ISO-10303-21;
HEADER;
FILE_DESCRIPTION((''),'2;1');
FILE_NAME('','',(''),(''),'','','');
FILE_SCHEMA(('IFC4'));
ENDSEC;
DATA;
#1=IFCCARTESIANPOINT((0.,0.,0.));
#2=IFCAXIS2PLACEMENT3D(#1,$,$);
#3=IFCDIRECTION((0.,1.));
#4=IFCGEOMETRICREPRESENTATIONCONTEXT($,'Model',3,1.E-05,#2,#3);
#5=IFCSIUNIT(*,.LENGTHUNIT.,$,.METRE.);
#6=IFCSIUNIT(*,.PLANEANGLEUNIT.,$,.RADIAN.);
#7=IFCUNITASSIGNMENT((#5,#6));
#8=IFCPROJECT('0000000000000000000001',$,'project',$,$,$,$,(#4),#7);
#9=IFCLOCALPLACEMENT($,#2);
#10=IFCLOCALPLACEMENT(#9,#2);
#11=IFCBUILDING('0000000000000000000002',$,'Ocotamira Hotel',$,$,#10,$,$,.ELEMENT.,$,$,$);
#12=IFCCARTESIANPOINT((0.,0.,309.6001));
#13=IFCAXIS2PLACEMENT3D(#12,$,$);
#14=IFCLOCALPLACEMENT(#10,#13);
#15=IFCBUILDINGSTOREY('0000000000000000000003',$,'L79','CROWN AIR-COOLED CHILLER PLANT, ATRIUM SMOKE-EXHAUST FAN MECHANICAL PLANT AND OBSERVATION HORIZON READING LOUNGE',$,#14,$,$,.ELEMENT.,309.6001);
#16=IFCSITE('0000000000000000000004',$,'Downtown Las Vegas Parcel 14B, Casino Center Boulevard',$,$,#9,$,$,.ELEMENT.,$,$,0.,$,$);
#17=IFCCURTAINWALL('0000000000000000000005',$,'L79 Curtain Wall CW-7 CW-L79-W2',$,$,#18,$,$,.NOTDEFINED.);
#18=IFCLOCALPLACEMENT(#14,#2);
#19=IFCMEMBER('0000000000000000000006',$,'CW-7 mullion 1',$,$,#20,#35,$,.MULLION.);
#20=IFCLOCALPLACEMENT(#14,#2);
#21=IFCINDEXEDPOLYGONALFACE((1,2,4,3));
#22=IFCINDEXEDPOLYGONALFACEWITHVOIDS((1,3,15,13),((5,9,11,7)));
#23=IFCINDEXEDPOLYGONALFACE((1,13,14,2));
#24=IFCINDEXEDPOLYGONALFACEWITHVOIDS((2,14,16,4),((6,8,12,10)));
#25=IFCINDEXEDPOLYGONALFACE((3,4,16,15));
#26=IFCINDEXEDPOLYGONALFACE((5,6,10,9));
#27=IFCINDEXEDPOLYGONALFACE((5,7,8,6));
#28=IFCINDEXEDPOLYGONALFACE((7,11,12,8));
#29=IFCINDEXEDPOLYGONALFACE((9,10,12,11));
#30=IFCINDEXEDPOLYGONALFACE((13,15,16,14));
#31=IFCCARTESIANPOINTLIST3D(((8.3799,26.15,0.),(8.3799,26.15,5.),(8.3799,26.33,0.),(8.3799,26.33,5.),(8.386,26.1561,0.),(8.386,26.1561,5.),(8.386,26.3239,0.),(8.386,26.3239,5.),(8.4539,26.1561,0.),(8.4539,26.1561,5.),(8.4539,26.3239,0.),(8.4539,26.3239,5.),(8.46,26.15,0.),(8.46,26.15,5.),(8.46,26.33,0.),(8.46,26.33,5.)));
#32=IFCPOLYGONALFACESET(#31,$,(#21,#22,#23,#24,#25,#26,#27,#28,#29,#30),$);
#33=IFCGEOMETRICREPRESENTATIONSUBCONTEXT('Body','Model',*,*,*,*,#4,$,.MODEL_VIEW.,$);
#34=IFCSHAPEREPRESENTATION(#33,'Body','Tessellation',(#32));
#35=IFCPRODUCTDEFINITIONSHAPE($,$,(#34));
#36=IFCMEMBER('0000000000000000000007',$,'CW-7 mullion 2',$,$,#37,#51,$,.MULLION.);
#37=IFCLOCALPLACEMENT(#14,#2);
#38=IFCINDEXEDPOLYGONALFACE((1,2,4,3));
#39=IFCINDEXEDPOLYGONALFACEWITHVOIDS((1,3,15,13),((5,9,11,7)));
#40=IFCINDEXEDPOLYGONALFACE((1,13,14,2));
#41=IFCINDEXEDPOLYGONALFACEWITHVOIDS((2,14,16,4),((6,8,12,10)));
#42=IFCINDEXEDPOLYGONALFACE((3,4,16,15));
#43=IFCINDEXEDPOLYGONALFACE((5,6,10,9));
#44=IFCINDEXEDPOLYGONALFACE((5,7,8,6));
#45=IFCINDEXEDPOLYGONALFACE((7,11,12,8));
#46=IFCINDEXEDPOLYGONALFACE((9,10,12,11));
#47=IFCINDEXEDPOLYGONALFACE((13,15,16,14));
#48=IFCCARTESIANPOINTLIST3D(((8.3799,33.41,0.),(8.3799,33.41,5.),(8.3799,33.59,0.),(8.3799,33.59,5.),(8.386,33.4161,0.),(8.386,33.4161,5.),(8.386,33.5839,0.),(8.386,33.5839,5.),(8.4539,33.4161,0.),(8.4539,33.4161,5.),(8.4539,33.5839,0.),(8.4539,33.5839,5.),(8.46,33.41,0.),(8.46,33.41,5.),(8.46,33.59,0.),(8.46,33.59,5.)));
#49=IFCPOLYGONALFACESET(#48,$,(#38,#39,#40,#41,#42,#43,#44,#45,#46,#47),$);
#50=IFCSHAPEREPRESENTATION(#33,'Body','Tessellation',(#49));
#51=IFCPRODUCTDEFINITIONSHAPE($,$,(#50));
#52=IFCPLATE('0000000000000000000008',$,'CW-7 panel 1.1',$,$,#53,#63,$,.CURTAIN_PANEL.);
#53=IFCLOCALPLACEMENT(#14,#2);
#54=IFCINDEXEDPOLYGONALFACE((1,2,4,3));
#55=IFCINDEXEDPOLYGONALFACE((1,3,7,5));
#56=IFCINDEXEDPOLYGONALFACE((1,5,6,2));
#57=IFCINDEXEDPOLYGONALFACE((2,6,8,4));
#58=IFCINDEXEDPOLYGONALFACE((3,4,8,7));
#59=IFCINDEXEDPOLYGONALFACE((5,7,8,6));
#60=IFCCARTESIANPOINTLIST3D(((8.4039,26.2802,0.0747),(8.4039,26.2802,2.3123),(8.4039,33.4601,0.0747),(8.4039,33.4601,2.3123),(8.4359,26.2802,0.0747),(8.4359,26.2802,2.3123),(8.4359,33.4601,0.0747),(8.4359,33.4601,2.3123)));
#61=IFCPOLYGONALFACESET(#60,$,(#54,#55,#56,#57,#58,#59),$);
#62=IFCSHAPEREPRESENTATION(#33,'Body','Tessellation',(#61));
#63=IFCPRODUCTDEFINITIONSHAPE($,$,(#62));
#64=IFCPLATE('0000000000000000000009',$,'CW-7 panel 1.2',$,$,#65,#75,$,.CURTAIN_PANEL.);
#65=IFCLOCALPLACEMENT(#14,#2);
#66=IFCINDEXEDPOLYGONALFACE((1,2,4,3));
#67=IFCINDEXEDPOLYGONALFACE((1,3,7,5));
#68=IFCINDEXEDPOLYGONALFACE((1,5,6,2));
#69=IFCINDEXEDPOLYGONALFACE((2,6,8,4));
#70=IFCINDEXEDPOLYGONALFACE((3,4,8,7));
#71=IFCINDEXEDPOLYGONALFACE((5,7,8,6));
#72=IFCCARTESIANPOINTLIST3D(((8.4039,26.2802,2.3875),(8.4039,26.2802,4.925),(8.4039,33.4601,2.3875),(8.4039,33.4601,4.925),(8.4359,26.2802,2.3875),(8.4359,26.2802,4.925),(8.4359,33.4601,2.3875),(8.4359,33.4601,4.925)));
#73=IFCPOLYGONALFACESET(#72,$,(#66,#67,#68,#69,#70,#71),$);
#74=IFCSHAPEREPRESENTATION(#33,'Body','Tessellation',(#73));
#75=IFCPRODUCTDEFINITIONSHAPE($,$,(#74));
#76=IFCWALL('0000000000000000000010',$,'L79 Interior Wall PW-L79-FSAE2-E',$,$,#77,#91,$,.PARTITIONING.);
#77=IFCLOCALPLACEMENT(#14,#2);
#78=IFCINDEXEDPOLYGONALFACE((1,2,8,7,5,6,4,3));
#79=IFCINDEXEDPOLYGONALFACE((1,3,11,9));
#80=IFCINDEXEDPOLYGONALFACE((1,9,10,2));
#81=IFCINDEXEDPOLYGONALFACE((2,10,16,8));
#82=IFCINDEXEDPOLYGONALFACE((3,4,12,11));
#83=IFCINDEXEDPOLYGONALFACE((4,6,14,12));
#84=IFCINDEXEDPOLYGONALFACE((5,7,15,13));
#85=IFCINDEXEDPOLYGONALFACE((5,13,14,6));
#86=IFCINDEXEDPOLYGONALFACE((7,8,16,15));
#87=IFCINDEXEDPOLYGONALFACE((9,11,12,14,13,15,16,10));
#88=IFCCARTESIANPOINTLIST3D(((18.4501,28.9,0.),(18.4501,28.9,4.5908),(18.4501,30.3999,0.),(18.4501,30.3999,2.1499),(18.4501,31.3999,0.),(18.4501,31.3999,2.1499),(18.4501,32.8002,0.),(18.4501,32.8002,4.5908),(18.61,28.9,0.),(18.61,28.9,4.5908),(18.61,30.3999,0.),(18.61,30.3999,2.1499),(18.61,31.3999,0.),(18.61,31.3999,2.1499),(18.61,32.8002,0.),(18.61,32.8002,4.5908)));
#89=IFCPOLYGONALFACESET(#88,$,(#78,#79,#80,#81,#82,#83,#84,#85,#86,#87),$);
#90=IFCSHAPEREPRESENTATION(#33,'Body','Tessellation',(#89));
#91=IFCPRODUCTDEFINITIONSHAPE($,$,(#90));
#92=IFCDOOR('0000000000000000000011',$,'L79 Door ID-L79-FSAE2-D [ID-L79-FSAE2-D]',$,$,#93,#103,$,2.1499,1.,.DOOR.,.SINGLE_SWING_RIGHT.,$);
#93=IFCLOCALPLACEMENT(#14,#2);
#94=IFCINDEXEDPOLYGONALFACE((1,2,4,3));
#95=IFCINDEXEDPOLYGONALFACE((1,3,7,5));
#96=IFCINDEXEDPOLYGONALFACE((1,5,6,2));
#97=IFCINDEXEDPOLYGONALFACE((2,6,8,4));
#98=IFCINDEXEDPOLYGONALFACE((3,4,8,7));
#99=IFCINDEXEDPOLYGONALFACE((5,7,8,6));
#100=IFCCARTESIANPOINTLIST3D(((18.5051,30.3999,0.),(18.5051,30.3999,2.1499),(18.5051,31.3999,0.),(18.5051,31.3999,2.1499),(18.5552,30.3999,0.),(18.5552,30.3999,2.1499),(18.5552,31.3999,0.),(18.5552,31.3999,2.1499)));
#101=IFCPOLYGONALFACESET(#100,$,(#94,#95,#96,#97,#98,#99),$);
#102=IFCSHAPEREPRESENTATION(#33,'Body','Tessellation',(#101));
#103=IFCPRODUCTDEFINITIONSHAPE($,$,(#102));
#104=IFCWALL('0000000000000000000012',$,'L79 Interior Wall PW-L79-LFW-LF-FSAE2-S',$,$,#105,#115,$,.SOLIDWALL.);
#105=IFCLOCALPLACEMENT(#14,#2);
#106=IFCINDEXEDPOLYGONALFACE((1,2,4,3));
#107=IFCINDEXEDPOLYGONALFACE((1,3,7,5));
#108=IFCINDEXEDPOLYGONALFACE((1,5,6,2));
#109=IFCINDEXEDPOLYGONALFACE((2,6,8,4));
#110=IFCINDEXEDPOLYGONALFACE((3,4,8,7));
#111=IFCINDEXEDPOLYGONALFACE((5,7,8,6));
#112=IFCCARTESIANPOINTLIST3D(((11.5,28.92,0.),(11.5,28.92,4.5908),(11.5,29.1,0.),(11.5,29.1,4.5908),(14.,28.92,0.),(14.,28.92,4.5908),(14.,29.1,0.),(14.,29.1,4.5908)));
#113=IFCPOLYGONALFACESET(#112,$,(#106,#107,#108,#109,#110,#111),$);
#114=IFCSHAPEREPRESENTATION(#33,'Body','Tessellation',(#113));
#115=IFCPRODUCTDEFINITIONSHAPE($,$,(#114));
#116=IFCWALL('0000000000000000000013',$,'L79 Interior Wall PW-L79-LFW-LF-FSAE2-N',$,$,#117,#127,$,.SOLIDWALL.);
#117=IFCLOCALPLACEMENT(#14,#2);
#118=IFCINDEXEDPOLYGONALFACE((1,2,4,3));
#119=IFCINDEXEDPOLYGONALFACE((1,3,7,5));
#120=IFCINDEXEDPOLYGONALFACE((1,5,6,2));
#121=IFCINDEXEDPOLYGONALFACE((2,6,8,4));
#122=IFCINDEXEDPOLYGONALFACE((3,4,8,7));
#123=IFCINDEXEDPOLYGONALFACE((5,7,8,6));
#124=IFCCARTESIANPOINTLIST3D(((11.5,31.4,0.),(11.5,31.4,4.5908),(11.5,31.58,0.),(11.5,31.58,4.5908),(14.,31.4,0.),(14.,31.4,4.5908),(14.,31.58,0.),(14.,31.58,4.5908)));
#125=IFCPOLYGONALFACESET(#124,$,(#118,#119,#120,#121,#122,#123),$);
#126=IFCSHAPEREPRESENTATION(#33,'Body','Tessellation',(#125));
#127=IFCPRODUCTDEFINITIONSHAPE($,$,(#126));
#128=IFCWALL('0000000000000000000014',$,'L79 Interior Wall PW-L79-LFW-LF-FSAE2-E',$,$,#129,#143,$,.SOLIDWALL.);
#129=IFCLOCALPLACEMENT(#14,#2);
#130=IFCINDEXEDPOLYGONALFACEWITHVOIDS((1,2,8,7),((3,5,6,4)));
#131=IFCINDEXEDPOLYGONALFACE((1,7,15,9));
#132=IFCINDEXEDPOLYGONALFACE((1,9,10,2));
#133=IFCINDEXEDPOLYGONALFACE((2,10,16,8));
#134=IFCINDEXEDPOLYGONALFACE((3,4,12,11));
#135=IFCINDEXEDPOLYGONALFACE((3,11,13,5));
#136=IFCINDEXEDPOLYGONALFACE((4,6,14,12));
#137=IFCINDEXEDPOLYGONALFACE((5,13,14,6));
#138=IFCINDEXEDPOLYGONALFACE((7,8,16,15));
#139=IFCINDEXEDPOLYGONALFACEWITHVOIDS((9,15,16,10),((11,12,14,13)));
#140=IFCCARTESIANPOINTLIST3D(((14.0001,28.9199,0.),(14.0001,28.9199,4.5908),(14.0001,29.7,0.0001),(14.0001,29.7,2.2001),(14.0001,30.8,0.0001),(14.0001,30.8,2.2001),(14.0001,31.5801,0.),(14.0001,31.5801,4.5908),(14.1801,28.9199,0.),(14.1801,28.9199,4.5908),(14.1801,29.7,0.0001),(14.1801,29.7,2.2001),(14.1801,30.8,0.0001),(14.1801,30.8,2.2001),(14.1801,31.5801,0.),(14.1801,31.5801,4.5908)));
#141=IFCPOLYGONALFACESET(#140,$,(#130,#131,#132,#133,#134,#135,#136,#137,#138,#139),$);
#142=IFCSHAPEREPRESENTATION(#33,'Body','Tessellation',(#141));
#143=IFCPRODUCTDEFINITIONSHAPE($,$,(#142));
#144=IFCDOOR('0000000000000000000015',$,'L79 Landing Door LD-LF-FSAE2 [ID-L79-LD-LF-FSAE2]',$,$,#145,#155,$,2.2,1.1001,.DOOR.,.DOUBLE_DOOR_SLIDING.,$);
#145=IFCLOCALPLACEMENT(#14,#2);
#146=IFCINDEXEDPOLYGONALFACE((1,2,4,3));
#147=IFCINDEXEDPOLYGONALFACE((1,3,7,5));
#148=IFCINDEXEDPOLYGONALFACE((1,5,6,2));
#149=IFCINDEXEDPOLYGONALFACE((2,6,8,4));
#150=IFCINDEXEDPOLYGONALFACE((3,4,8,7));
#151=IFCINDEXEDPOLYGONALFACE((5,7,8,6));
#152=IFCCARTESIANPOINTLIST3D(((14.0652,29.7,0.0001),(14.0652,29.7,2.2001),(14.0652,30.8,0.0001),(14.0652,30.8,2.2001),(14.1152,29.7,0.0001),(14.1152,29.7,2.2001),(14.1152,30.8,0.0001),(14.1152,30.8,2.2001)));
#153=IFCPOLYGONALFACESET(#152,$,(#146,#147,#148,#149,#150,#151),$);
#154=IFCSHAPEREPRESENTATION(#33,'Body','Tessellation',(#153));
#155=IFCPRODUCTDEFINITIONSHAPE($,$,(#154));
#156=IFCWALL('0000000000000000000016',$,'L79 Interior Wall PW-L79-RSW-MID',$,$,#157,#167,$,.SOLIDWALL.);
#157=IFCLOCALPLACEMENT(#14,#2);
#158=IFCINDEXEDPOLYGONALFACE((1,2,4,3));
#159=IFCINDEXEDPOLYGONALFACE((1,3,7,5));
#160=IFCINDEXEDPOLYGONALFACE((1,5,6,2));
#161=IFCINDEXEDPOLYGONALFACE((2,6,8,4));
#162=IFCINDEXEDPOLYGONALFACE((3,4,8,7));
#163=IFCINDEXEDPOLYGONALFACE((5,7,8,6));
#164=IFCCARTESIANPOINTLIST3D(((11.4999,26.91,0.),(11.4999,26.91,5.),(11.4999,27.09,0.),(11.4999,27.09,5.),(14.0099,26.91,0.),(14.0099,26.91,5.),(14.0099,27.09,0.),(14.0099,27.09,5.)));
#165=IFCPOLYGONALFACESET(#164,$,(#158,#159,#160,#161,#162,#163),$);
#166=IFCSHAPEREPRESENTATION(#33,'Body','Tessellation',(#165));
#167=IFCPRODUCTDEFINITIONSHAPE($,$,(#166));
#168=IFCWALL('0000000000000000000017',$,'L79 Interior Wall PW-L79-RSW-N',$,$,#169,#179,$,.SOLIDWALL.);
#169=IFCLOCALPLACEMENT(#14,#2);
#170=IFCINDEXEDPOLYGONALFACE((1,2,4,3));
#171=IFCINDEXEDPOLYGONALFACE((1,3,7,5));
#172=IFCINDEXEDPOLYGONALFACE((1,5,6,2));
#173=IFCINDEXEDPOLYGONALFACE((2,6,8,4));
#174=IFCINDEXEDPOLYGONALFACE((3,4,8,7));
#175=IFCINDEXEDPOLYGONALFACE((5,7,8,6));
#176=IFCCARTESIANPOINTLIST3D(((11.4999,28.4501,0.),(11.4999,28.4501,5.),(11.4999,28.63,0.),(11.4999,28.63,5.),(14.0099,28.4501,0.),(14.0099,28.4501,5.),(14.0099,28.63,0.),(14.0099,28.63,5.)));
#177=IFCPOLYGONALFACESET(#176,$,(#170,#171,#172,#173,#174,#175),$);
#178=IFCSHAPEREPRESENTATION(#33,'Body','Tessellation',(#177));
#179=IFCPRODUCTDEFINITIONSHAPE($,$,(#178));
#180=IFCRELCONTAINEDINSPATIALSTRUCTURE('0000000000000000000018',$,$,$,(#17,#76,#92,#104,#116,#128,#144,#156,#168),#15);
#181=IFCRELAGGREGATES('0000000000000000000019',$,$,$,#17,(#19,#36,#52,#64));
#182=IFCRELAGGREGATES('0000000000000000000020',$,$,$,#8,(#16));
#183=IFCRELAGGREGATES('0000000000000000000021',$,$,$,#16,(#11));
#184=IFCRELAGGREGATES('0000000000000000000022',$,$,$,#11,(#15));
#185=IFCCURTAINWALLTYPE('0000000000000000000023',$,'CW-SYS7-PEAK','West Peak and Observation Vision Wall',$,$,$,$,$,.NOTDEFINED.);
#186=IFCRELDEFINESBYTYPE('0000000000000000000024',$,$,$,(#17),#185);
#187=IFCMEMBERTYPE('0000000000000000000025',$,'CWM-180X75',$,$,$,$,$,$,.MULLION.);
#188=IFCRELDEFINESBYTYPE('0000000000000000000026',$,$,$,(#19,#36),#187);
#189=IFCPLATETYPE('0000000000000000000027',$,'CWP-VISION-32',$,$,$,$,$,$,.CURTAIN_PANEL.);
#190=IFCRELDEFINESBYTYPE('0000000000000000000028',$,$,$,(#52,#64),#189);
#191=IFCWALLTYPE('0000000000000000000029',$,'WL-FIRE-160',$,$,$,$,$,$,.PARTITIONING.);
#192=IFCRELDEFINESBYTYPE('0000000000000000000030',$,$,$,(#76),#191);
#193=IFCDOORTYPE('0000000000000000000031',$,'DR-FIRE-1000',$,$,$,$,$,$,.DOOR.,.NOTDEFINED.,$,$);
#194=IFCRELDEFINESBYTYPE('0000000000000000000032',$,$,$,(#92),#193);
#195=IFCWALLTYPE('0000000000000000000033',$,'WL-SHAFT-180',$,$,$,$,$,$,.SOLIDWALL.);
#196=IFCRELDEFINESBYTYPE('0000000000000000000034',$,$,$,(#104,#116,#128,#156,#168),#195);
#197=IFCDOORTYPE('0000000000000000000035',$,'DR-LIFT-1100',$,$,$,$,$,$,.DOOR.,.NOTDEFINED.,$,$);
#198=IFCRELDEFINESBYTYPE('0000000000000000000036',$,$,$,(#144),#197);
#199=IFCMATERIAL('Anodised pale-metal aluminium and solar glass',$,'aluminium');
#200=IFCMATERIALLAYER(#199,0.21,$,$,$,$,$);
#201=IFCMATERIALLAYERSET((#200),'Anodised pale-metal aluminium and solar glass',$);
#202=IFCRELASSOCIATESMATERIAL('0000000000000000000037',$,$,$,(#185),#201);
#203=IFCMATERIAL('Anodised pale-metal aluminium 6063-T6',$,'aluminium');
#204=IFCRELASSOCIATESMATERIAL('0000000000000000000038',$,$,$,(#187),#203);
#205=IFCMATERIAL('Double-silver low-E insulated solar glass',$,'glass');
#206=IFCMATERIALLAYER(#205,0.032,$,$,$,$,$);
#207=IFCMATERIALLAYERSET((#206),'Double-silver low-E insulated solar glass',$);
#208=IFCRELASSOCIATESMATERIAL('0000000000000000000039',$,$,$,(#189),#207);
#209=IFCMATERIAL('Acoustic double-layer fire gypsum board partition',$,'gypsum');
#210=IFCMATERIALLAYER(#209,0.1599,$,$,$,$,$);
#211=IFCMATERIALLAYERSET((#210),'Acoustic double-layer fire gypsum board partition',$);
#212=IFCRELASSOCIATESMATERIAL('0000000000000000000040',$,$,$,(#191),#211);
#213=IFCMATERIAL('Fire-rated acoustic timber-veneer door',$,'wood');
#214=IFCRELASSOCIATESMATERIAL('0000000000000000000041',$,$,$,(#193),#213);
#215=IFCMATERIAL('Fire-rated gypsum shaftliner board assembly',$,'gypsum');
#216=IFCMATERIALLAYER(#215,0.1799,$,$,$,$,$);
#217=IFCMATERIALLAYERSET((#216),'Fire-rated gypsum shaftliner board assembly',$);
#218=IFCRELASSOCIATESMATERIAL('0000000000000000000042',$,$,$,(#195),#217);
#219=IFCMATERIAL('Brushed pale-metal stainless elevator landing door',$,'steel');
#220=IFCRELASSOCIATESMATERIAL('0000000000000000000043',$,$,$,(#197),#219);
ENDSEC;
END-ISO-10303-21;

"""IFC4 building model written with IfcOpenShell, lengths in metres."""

from ifc_helpers import new_model, si_unit, direction, frame, frame_2d, origin, origin_2d, place, context, subcontext, project, spatial, rectangle, hollow_rectangle, extrude, source, transform, mapped, material, layer, layer_set, material_profile, profile_set, type_object, element, fill, aggregate, save


model = new_model("IFC4")

# Units and contexts
model_context = context("Model", 3, precision=1e-05, world=origin(), true_north=direction((0.0, 1.0)))
body_context = subcontext(model_context, "Body", "Model", "MODEL_VIEW")
ifc_project = project(units=[si_unit("LENGTHUNIT", "METRE"), si_unit("PLANEANGLEUNIT", "RADIAN")], contexts=[model_context])

# Site, building, storey
site_placement = place(None, origin())
site = spatial("IfcSite", under=ifc_project, at=site_placement, Name="Downtown Las Vegas Parcel 14B, Casino Center Boulevard", CompositionType="ELEMENT", RefElevation=0.0)
building_placement = place(site_placement, origin())
building = spatial("IfcBuilding", under=site, at=building_placement, Name="Ocotamira Hotel", CompositionType="ELEMENT")
storey_placement = place(building_placement, frame((0.0, 0.0, 309.6001)))
storey = spatial("IfcBuildingStorey", under=building, at=storey_placement, Name="L79", Description="CROWN AIR-COOLED CHILLER PLANT, ATRIUM SMOKE-EXHAUST FAN MECHANICAL PLANT AND OBSERVATION HORIZON READING LOUNGE", CompositionType="ELEMENT", Elevation=309.6001)

# Curtain wall, members, plates
ifc_material_1 = material(Name="Anodised pale-metal aluminium and solar glass", Category="aluminium")
ifc_layer_1 = layer(ifc_material_1, 0.21)
ifc_layer_set_1 = layer_set([ifc_layer_1], Name="Anodised pale-metal aluminium and solar glass")
curtain_wall_type = type_object("IfcCurtainWallType", Name="CW-SYS7-PEAK", Description="West Peak and Observation Vision Wall", PredefinedType="NOTDEFINED", material=ifc_layer_set_1)
curtain_wall_placement = place(storey_placement, origin())
curtain_wall = element("IfcCurtainWall", 1, at=curtain_wall_placement, inside=storey, type_object=curtain_wall_type, Name="L79 Curtain Wall CW-7 CW-L79-W2", PredefinedType="NOTDEFINED")
ifc_material_2 = material(Name="Anodised pale-metal aluminium 6063-T6", Category="aluminium")
ifc_material_profile_1 = material_profile(ifc_material_2, hollow_rectangle(XDim=0.0801, YDim=0.1799, WallThickness=0.0061, at=origin_2d()), Name="HSS180X80X6")
ifc_profile_set_1 = profile_set([ifc_material_profile_1], Name="Anodised pale-metal aluminium 6063-T6")
member_type_1 = type_object("IfcMemberType", Name="CWM-180X75", PredefinedType="MULLION", material=ifc_profile_set_1)
shared_shape_1 = source(origin(), body_context, "Body", "SweptSolid", [
    extrude(hollow_rectangle(XDim=0.0801, YDim=0.1799, WallThickness=0.0061, at=origin_2d()), origin(), (0.0, 0.0, 1.0), 5.0),
])
member_1_placement = place(storey_placement, frame((8.4199, 26.24, 0.0), z_axis=(0.0, 0.0, 1.0), x_axis=(-1.0, 0.0, 0.0)))
member_1 = element("IfcMember", 2, at=member_1_placement, type_object=member_type_1, Name="CW-7 mullion 1", PredefinedType="MULLION", context=body_context, shape_type="MappedRepresentation", body=[
    mapped(shared_shape_1, transform((0.0, 0.0, 0.0), scale=1.0)),
])
member_2_placement = place(storey_placement, frame((8.4199, 33.5, 0.0), z_axis=(0.0, 0.0, 1.0), x_axis=(-1.0, 0.0, 0.0)))
member_2 = element("IfcMember", 3, at=member_2_placement, type_object=member_type_1, Name="CW-7 mullion 2", PredefinedType="MULLION", context=body_context, shape_type="MappedRepresentation", body=[
    mapped(shared_shape_1, transform((0.0, 0.0, 0.0), scale=1.0)),
])
ifc_material_3 = material(Name="Double-silver low-E insulated solar glass", Category="glass")
ifc_layer_2 = layer(ifc_material_3, 0.032)
ifc_layer_set_2 = layer_set([ifc_layer_2], Name="Double-silver low-E insulated solar glass")
plate_type = type_object("IfcPlateType", Name="CWP-VISION-32", PredefinedType="CURTAIN_PANEL", material=ifc_layer_set_2)
shared_shape_2 = source(origin(), body_context, "Body", "SweptSolid", [
    extrude(rectangle(XDim=7.1799, YDim=0.032, at=origin_2d()), origin(), (0.0, 0.0, 1.0), 2.2375),
])
plate_1_placement = place(storey_placement, frame((8.4199, 29.8701, 0.0747), z_axis=(0.0, 0.0, 1.0), x_axis=(0.0, 1.0, 0.0)))
plate_1 = element("IfcPlate", 4, at=plate_1_placement, type_object=plate_type, Name="CW-7 panel 1.1", PredefinedType="CURTAIN_PANEL", context=body_context, shape_type="MappedRepresentation", body=[
    mapped(shared_shape_2, transform((0.0, 0.0, 0.0), scale=1.0)),
])
shared_shape_3 = source(origin(), body_context, "Body", "SweptSolid", [
    extrude(rectangle(XDim=7.1799, YDim=0.032, at=origin_2d()), origin(), (0.0, 0.0, 1.0), 2.5376),
])
plate_2_placement = place(storey_placement, frame((8.4199, 29.8701, 2.3875), z_axis=(0.0, 0.0, 1.0), x_axis=(0.0, 1.0, 0.0)))
plate_2 = element("IfcPlate", 5, at=plate_2_placement, type_object=plate_type, Name="CW-7 panel 1.2", PredefinedType="CURTAIN_PANEL", context=body_context, shape_type="MappedRepresentation", body=[
    mapped(shared_shape_3, transform((0.0, 0.0, 0.0), scale=1.0)),
])
aggregate(curtain_wall, [member_1, member_2, plate_1, plate_2])

# Wall, opening, door
ifc_material_4 = material(Name="Acoustic double-layer fire gypsum board partition", Category="gypsum")
ifc_layer_3 = layer(ifc_material_4, 0.1599)
ifc_layer_set_3 = layer_set([ifc_layer_3], Name="Acoustic double-layer fire gypsum board partition")
wall_type_1 = type_object("IfcWallType", Name="WL-FIRE-160", PredefinedType="PARTITIONING", material=ifc_layer_set_3)
wall_1_placement = place(storey_placement, frame((18.53, 28.8999, 0.0), z_axis=(0.0, 0.0, 1.0), x_axis=(0.0, 1.0, 0.0)))
wall_1 = element("IfcWall", 6, at=wall_1_placement, inside=storey, type_object=wall_type_1, Name="L79 Interior Wall PW-L79-FSAE2-E", PredefinedType="PARTITIONING", context=body_context, shape_type="SweptSolid", body=[
    extrude(rectangle(XDim=3.9001, YDim=0.1599, at=frame_2d((1.9502, 0.0))), origin(), (0.0, 0.0, 1.0), 4.5908),
])
opening_1_placement = place(wall_1_placement, frame((1.5, 0.0, 0.0)))
opening_1 = element("IfcOpeningElement", 7, at=opening_1_placement, cuts=wall_1, PredefinedType="OPENING", context=body_context, shape_type="SweptSolid", body=[
    extrude(rectangle(XDim=1.0, YDim=2.1499, at=frame_2d((0.5, 1.075))), frame((0.0, 0.0898, 0.0), z_axis=(0.0, -1.0, 0.0), x_axis=(1.0, 0.0, 0.0)), (0.0, 0.0, 1.0), 0.1799),
])
ifc_material_5 = material(Name="Fire-rated acoustic timber-veneer door", Category="wood")
door_type_1 = type_object("IfcDoorType", Name="DR-FIRE-1000", OperationType="NOTDEFINED", PredefinedType="DOOR", material=ifc_material_5)
shared_shape_4 = source(origin(), body_context, "Body", "SweptSolid", [
    extrude(rectangle(XDim=1.0, YDim=2.1499, at=frame_2d((0.5, 1.075))), frame((0.0, 0.0249, 0.0), z_axis=(0.0, -1.0, 0.0), x_axis=(1.0, 0.0, 0.0)), (0.0, 0.0, 1.0), 0.05),
])
door_1_placement = place(opening_1_placement, origin())
door_1 = element("IfcDoor", 8, at=door_1_placement, inside=storey, type_object=door_type_1, Name="L79 Door ID-L79-FSAE2-D [ID-L79-FSAE2-D]", OperationType="SINGLE_SWING_RIGHT", OverallHeight=2.1499, OverallWidth=1.0, PredefinedType="DOOR", context=body_context, shape_type="MappedRepresentation", body=[
    mapped(shared_shape_4, transform((0.0, 0.0, 0.0), scale=1.0)),
])
fill(opening_1, door_1)

# Walls
ifc_material_6 = material(Name="Fire-rated gypsum shaftliner board assembly", Category="gypsum")
ifc_layer_4 = layer(ifc_material_6, 0.1799)
ifc_layer_set_4 = layer_set([ifc_layer_4], Name="Fire-rated gypsum shaftliner board assembly")
wall_type_2 = type_object("IfcWallType", Name="WL-SHAFT-180", PredefinedType="SOLIDWALL", material=ifc_layer_set_4)
for number, where, z_axis, x_axis, name in (
    (9, (11.5, 29.01, 0.0), (0.0, 0.0, 1.0), (1.0, 0.0, 0.0), "L79 Interior Wall PW-L79-LFW-LF-FSAE2-S"),
    (10, (11.5, 31.49, 0.0), (0.0, 0.0, 1.0), (1.0, 0.0, 0.0), "L79 Interior Wall PW-L79-LFW-LF-FSAE2-N"),
):
    element("IfcWall", number, at=place(storey_placement, frame(where, z_axis=z_axis, x_axis=x_axis)), inside=storey, type_object=wall_type_2, Name=name, PredefinedType="SOLIDWALL", context=body_context, shape_type="SweptSolid", body=[
        extrude(rectangle(XDim=2.5, YDim=0.1799, at=frame_2d((1.25, 0.0))), origin(), (0.0, 0.0, 1.0), 4.5908),
    ])

# Wall, opening, door
wall_2_placement = place(storey_placement, frame((14.0901, 28.9199, 0.0), z_axis=(0.0, 0.0, 1.0), x_axis=(0.0, 1.0, 0.0)))
wall_2 = element("IfcWall", 11, at=wall_2_placement, inside=storey, type_object=wall_type_2, Name="L79 Interior Wall PW-L79-LFW-LF-FSAE2-E", PredefinedType="SOLIDWALL", context=body_context, shape_type="SweptSolid", body=[
    extrude(rectangle(XDim=2.6602, YDim=0.1799, at=frame_2d((1.3301, 0.0))), origin(), (0.0, 0.0, 1.0), 4.5908),
])
opening_2_placement = place(wall_2_placement, frame((0.78, 0.0, 0.0)))
opening_2 = element("IfcOpeningElement", 12, at=opening_2_placement, cuts=wall_2, PredefinedType="OPENING", context=body_context, shape_type="SweptSolid", body=[
    extrude(rectangle(XDim=1.1001, YDim=2.2, at=frame_2d((0.55, 1.1001))), frame((0.0, 0.1001, 0.0), z_axis=(0.0, -1.0, 0.0), x_axis=(1.0, 0.0, 0.0)), (0.0, 0.0, 1.0), 0.2),
])
ifc_material_7 = material(Name="Brushed pale-metal stainless elevator landing door", Category="steel")
door_type_2 = type_object("IfcDoorType", Name="DR-LIFT-1100", OperationType="NOTDEFINED", PredefinedType="DOOR", material=ifc_material_7)
shared_shape_5 = source(origin(), body_context, "Body", "SweptSolid", [
    extrude(rectangle(XDim=1.1001, YDim=2.2, at=frame_2d((0.55, 1.1001))), frame((0.0, 0.0249, 0.0), z_axis=(0.0, -1.0, 0.0), x_axis=(1.0, 0.0, 0.0)), (0.0, 0.0, 1.0), 0.05),
])
door_2_placement = place(opening_2_placement, origin())
door_2 = element("IfcDoor", 13, at=door_2_placement, inside=storey, type_object=door_type_2, Name="L79 Landing Door LD-LF-FSAE2 [ID-L79-LD-LF-FSAE2]", OperationType="DOUBLE_DOOR_SLIDING", OverallHeight=2.2, OverallWidth=1.1001, PredefinedType="DOOR", context=body_context, shape_type="MappedRepresentation", body=[
    mapped(shared_shape_5, transform((0.0, 0.0, 0.0), scale=1.0)),
])
fill(opening_2, door_2)

# Walls
for number, where, z_axis, x_axis, name in (
    (14, (11.5, 27.0, 0.0), (0.0, 0.0, 1.0), (1.0, 0.0, 0.0), "L79 Interior Wall PW-L79-RSW-MID"),
    (15, (11.5, 28.54, 0.0), (0.0, 0.0, 1.0), (1.0, 0.0, 0.0), "L79 Interior Wall PW-L79-RSW-N"),
):
    element("IfcWall", number, at=place(storey_placement, frame(where, z_axis=z_axis, x_axis=x_axis)), inside=storey, type_object=wall_type_2, Name=name, PredefinedType="SOLIDWALL", context=body_context, shape_type="SweptSolid", body=[
        extrude(rectangle(XDim=2.51, YDim=0.1799, at=frame_2d((1.2549, 0.0))), origin(), (0.0, 0.0, 1.0), 5.0),
    ])

save(model, "model.ifc")
